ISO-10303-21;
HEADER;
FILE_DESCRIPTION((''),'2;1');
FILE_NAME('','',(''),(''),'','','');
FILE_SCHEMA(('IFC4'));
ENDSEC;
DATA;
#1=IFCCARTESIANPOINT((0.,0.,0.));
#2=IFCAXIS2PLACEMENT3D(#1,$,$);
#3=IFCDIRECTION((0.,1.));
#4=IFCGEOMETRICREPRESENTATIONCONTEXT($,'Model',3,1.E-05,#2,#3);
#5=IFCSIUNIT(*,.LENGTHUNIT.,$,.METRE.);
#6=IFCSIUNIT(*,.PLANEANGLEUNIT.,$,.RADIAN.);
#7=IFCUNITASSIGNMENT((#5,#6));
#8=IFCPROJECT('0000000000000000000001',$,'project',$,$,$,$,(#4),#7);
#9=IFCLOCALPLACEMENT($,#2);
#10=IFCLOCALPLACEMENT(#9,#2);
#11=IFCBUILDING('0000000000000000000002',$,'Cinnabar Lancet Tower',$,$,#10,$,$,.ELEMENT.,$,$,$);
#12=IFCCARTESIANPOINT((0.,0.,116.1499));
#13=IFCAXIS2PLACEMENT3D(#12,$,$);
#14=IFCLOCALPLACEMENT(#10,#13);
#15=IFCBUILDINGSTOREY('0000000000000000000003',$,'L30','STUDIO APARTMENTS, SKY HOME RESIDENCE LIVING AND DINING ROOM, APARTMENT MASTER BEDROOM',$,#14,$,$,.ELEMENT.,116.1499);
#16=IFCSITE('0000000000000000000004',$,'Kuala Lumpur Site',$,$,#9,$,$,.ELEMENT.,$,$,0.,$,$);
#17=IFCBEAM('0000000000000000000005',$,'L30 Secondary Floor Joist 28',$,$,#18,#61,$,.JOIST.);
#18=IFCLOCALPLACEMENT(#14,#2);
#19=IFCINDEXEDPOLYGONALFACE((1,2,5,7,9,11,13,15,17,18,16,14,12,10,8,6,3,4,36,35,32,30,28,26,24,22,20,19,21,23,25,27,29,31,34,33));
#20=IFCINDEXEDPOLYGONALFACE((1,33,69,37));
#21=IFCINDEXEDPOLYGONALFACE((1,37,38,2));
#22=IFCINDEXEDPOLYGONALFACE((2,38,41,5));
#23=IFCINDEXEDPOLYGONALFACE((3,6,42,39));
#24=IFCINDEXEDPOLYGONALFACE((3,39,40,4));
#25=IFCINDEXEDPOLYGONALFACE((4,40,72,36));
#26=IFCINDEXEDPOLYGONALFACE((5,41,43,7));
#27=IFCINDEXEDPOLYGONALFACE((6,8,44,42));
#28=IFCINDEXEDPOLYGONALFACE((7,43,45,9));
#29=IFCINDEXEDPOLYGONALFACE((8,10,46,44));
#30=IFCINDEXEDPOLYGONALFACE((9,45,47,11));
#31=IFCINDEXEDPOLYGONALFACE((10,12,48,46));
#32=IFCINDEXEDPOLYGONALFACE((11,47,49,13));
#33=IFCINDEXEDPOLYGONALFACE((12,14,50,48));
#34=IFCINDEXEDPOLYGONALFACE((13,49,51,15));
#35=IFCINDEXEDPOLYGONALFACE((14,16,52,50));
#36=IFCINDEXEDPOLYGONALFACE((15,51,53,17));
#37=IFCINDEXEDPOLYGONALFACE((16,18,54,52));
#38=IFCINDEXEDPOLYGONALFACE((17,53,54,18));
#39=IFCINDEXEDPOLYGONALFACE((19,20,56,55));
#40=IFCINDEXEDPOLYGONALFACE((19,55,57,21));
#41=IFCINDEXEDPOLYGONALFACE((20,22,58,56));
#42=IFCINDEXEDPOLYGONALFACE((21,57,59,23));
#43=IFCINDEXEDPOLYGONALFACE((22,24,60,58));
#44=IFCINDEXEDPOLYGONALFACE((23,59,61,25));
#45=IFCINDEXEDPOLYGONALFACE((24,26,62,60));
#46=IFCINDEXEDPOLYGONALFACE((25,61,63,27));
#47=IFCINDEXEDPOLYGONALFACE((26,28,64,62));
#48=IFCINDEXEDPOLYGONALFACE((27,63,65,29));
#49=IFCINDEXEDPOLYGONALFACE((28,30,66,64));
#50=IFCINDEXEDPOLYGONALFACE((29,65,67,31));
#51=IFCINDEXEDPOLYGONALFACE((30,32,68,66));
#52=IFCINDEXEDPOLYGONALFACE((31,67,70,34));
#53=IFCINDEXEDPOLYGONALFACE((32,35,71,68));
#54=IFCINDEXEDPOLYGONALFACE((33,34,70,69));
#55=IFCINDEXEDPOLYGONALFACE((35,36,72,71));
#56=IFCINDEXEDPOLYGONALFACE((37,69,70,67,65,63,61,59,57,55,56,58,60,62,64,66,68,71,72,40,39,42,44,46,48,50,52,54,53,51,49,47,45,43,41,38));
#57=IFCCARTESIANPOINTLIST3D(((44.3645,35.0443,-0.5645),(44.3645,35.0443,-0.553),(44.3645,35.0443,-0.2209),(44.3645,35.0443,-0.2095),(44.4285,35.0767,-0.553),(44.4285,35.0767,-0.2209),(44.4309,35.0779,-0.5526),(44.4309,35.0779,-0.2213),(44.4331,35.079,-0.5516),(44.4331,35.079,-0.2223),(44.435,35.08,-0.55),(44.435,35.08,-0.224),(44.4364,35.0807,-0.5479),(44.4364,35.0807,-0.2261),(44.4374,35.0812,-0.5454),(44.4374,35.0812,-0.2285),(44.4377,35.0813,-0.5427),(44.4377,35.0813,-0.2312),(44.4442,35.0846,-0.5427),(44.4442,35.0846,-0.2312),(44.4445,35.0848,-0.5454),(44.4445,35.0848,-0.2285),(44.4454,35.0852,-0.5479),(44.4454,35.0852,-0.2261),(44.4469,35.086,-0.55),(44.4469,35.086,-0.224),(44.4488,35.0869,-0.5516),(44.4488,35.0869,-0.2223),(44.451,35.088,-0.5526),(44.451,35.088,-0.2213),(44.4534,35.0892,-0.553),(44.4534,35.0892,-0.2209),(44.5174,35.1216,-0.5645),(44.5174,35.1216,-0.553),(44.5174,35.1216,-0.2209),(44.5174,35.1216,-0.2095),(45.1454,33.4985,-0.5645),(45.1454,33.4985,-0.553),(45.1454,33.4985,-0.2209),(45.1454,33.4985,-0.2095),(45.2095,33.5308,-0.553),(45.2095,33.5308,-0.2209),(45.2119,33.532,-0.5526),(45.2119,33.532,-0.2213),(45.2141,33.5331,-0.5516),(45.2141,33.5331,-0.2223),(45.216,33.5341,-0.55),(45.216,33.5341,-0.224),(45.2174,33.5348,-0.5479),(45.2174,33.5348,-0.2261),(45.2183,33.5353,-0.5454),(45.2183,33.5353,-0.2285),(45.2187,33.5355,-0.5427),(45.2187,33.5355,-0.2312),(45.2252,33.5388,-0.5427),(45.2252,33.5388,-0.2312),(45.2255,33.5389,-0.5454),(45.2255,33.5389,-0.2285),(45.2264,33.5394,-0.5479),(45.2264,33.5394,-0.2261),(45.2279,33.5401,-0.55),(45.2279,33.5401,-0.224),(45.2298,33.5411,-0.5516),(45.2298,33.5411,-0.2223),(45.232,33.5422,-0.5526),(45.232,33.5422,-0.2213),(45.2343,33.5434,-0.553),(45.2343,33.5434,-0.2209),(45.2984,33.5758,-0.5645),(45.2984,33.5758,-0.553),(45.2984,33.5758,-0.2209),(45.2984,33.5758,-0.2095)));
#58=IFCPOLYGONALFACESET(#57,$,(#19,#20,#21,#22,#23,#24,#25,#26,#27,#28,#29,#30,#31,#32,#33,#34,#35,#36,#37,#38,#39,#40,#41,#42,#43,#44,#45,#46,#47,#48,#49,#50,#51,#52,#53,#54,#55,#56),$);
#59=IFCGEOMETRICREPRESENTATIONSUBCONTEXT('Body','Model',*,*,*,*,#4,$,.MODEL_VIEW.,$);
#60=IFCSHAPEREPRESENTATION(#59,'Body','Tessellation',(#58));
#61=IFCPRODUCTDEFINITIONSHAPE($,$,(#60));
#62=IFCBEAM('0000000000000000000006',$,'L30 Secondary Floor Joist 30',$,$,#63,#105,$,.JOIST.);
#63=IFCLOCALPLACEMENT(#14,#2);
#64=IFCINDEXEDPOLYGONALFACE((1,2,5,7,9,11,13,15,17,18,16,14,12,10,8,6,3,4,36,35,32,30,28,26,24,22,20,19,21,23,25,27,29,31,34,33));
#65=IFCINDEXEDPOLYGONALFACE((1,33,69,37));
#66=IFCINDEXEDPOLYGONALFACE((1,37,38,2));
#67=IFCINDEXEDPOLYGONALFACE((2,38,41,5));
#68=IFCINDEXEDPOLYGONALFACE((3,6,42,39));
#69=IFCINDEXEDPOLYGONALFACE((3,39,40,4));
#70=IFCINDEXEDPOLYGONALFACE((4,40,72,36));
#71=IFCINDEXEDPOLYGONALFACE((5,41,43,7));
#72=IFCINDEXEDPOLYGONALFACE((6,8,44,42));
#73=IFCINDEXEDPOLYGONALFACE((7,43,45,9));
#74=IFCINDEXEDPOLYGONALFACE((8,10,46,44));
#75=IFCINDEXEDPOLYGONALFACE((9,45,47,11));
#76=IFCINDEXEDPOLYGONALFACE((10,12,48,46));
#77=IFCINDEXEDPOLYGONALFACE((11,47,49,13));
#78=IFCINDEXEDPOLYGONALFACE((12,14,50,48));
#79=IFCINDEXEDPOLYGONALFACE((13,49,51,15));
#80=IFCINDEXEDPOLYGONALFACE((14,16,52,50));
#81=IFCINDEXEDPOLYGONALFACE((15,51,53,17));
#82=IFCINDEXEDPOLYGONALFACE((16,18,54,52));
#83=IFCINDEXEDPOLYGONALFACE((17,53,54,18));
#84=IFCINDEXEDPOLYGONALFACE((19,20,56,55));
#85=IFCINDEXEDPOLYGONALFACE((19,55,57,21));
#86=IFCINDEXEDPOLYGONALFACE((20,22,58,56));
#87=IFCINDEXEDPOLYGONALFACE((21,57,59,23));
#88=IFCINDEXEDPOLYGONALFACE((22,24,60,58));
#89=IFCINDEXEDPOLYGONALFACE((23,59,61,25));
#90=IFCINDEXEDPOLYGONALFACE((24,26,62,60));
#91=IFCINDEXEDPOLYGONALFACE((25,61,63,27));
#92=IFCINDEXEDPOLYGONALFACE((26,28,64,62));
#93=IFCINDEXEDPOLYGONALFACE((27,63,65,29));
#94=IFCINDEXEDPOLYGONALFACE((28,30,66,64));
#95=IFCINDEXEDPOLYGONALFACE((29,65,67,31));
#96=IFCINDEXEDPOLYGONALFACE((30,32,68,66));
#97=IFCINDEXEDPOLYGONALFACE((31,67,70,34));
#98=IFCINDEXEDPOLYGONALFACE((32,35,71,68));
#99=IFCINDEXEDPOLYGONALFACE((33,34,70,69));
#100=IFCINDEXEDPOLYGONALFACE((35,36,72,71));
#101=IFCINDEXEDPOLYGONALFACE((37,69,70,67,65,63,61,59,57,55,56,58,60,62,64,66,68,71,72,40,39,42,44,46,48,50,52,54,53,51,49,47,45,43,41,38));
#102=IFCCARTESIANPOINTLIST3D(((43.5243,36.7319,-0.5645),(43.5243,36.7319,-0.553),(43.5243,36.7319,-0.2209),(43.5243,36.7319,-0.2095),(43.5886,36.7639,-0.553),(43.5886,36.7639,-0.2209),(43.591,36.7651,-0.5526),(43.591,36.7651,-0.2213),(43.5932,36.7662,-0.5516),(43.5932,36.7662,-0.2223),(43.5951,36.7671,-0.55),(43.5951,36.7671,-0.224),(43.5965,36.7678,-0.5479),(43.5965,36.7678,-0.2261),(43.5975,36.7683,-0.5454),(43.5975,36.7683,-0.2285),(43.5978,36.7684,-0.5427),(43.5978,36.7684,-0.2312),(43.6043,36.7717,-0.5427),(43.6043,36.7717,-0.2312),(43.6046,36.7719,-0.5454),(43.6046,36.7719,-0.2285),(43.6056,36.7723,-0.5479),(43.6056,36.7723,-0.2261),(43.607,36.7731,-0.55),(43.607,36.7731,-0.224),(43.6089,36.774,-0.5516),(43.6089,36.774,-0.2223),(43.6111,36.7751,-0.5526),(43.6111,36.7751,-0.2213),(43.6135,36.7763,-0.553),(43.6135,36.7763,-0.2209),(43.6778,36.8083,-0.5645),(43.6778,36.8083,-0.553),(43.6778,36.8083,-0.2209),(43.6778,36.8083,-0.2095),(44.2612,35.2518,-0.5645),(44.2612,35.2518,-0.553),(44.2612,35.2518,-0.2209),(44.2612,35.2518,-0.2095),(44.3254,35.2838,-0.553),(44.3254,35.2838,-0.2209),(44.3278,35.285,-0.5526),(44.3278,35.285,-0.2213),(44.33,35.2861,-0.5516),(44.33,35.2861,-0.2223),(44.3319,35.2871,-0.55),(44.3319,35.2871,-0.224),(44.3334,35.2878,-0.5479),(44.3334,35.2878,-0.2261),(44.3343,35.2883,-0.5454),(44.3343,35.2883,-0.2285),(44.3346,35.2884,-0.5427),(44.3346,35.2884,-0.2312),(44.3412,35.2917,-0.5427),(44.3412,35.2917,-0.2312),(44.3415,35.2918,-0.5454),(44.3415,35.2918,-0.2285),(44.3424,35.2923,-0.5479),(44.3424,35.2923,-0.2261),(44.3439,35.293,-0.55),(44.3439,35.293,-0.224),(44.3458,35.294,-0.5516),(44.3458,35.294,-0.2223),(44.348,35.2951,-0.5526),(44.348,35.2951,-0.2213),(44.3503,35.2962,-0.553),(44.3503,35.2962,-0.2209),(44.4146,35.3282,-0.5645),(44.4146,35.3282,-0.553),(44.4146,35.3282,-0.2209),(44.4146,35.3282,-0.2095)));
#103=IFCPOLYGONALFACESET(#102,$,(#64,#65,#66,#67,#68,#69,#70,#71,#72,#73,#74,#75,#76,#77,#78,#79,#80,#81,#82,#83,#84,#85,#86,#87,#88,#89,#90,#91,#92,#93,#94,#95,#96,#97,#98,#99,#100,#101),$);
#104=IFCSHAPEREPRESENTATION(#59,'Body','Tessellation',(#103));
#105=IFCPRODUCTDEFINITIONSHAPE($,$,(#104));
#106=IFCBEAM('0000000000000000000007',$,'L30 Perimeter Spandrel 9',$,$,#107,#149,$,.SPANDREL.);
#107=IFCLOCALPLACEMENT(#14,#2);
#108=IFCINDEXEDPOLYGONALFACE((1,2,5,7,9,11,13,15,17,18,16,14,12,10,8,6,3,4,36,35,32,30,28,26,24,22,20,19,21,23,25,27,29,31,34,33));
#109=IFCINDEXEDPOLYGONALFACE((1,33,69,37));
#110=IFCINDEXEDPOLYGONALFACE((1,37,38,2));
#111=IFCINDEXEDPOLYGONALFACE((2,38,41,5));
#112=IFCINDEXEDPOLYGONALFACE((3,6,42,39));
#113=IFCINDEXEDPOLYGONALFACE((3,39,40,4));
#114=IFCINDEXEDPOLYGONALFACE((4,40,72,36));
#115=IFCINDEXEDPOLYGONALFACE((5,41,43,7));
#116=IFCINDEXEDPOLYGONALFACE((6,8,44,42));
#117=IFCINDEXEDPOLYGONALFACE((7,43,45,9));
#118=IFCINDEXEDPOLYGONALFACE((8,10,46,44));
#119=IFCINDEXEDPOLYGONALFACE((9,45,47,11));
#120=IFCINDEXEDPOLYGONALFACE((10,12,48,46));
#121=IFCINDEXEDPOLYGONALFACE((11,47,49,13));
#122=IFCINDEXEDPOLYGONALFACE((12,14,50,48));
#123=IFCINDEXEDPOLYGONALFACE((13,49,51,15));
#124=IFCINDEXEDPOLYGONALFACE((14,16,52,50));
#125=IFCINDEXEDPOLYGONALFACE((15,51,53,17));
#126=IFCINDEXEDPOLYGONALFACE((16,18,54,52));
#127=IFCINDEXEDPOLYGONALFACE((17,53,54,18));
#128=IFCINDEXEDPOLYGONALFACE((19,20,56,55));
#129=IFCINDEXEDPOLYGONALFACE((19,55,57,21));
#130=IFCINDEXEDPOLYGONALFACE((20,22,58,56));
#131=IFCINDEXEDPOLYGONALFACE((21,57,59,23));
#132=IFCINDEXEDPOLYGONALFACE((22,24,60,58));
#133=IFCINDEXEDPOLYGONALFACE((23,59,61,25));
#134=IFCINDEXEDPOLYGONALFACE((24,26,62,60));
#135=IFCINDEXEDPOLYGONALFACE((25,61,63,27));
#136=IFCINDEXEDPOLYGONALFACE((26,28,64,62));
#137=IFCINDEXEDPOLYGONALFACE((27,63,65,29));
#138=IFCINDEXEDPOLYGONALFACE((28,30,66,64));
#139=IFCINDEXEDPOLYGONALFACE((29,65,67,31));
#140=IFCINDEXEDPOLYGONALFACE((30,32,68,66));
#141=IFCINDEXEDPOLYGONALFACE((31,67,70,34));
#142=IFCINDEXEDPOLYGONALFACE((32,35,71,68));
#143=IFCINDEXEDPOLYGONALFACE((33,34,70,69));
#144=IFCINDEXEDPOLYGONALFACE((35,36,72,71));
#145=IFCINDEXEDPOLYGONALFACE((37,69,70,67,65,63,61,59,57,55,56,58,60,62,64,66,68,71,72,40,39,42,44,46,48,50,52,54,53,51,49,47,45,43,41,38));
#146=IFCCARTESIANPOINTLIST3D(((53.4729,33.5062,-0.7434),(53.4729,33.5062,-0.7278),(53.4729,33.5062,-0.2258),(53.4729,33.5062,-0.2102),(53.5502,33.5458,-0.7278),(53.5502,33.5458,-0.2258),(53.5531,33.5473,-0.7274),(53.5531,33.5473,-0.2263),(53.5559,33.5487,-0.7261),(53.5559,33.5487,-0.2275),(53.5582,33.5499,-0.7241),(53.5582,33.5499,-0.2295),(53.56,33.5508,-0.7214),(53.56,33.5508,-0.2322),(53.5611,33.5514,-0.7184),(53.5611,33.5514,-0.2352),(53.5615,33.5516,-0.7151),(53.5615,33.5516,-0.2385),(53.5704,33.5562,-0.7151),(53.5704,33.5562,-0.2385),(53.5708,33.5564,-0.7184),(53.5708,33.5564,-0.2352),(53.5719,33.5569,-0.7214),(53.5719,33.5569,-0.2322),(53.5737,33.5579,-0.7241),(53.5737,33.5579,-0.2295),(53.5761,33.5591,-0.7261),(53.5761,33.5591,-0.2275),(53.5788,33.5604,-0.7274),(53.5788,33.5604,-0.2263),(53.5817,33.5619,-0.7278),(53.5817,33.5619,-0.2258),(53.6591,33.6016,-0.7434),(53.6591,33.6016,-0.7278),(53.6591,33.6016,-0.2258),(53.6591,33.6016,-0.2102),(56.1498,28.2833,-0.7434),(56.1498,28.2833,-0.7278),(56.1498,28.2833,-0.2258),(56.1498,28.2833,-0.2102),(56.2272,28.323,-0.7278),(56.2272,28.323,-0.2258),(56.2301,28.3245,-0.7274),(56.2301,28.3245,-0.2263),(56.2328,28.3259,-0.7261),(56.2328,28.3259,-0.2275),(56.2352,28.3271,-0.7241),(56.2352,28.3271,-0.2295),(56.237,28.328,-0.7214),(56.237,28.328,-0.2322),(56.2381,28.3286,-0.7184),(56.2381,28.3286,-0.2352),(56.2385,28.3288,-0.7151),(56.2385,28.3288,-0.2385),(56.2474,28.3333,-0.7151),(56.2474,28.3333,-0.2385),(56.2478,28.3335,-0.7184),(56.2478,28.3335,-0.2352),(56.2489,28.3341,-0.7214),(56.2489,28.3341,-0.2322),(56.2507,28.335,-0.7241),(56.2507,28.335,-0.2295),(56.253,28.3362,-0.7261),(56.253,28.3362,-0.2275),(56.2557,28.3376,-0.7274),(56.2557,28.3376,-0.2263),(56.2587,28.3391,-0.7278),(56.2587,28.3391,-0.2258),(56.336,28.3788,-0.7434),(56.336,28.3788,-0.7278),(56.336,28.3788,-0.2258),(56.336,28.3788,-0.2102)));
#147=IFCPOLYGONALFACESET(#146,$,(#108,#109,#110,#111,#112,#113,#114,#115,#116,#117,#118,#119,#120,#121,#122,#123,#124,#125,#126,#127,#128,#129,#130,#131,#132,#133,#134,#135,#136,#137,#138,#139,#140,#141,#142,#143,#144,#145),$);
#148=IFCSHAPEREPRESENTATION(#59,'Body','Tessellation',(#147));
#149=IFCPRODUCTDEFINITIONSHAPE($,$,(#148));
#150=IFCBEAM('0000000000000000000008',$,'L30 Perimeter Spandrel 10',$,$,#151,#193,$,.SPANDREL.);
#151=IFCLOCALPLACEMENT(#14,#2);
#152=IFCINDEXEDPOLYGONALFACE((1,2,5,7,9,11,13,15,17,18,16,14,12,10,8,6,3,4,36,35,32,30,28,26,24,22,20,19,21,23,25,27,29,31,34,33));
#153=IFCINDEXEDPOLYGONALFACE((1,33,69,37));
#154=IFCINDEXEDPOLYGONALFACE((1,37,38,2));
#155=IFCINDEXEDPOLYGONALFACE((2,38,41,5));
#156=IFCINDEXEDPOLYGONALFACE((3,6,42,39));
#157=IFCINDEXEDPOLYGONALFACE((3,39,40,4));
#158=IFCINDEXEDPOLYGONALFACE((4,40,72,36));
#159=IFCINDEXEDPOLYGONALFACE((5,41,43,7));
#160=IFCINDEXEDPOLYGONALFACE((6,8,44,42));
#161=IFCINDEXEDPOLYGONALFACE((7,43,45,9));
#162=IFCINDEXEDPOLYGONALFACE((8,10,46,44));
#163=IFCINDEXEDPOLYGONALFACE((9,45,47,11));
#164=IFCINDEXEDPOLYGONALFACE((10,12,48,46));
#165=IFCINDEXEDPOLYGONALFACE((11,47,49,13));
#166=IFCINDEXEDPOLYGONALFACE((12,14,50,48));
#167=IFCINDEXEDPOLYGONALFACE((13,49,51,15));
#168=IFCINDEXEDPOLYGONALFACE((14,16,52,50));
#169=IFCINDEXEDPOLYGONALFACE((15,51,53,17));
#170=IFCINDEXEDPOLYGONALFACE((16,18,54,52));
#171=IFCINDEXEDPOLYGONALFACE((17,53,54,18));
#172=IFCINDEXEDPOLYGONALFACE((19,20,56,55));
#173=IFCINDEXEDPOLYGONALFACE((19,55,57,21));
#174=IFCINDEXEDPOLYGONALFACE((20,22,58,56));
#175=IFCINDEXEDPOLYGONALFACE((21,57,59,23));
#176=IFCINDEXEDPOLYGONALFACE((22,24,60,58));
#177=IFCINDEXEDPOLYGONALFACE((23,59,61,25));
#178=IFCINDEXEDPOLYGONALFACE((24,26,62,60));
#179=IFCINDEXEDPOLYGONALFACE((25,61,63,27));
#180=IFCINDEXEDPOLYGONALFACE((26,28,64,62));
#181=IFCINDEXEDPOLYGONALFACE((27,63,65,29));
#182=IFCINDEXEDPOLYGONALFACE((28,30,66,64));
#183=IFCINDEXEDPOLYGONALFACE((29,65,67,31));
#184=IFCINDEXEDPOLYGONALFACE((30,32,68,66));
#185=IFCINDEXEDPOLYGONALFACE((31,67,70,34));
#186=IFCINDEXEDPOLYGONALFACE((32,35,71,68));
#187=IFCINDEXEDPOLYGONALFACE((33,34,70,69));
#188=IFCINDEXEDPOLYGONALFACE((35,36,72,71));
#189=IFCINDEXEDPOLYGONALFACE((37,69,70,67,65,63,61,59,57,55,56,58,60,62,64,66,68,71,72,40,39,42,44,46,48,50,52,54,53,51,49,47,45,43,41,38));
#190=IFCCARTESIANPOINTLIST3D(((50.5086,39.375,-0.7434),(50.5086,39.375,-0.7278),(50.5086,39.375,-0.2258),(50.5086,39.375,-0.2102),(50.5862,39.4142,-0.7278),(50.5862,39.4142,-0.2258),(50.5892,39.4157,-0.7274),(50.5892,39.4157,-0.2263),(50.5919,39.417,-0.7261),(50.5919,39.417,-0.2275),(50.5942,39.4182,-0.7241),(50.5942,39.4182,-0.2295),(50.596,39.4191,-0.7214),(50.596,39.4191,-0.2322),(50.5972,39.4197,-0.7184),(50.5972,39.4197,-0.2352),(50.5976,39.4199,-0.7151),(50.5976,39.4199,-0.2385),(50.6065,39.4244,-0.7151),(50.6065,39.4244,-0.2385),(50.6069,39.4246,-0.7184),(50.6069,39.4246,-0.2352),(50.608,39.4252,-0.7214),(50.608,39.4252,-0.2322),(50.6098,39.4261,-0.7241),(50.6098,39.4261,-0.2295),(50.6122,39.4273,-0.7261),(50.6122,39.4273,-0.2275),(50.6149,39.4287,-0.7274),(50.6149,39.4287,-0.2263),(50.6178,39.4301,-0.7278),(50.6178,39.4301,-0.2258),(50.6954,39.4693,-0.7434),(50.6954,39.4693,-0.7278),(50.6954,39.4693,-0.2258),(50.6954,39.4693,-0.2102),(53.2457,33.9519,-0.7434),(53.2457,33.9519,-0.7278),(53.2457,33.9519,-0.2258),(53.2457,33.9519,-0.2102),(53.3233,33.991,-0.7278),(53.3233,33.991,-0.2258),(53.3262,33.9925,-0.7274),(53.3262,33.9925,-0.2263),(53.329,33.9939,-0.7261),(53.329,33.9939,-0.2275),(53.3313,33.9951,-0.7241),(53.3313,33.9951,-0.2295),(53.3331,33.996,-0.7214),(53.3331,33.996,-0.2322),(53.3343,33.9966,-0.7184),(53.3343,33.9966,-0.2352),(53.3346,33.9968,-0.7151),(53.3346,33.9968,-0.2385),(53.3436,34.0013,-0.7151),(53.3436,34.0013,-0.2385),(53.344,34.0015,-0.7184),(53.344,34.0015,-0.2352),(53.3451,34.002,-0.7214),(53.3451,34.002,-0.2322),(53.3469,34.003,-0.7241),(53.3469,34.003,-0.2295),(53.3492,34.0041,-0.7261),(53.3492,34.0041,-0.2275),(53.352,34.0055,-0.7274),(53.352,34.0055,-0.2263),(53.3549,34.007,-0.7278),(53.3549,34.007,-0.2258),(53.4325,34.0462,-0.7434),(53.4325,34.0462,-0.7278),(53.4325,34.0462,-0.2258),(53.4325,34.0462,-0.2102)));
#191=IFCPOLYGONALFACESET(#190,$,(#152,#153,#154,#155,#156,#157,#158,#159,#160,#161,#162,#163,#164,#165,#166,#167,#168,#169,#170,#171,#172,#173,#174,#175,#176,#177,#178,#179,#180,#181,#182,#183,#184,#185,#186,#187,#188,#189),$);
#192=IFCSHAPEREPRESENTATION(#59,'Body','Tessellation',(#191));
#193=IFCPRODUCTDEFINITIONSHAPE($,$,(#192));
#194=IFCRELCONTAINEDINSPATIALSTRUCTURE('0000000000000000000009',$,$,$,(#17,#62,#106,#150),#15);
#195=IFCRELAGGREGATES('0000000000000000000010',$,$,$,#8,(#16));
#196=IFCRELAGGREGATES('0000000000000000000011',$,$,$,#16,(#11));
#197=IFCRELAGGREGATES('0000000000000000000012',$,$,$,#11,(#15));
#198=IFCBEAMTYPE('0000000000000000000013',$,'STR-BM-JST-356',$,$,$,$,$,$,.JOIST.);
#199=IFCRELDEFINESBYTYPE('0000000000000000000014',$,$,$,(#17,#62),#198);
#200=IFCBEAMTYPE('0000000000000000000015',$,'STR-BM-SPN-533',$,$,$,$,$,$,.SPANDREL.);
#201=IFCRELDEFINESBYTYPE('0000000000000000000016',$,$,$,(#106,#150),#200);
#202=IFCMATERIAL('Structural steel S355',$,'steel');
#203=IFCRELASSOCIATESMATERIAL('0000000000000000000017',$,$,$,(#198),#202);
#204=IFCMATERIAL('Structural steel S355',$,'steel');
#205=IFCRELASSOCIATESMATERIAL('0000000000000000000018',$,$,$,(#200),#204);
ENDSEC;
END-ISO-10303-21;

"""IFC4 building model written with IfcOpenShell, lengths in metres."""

from ifc_helpers import new_model, si_unit, direction, frame, origin, origin_2d, place, context, subcontext, project, spatial, i_section, extrude, material, material_profile, profile_set, type_object, element, save


model = new_model("IFC4")

# Units and contexts
model_context = context("Model", 3, precision=1e-05, world=origin(), true_north=direction((0.0, 1.0)))
body_context = subcontext(model_context, "Body", "Model", "MODEL_VIEW")
ifc_project = project(units=[si_unit("LENGTHUNIT", "METRE"), si_unit("PLANEANGLEUNIT", "RADIAN")], contexts=[model_context])

# Site, building, storey
site_placement = place(None, origin())
site = spatial("IfcSite", under=ifc_project, at=site_placement, Name="Kuala Lumpur Site", CompositionType="ELEMENT", RefElevation=0.0)
building_placement = place(site_placement, origin())
building = spatial("IfcBuilding", under=site, at=building_placement, Name="Cinnabar Lancet Tower", CompositionType="ELEMENT")
storey_placement = place(building_placement, frame((0.0, 0.0, 116.1499)))
storey = spatial("IfcBuildingStorey", under=building, at=storey_placement, Name="L30", Description="STUDIO APARTMENTS, SKY HOME RESIDENCE LIVING AND DINING ROOM, APARTMENT MASTER BEDROOM", CompositionType="ELEMENT", Elevation=116.1499)

# Beams
ifc_material_1 = material(Name="Structural steel S355", Category="steel")
ifc_material_profile_1 = material_profile(ifc_material_1, i_section(OverallWidth=0.1714, OverallDepth=0.355, WebThickness=0.0073, FlangeThickness=0.0115, FilletRadius=0.0103, at=origin_2d()), Name="UKB 356x171x51")
ifc_profile_set_1 = profile_set([ifc_material_profile_1], Name="Structural steel S355")
beam_type_1 = type_object("IfcBeamType", Name="STR-BM-JST-356", PredefinedType="JOIST", material=ifc_profile_set_1)
beam_1_placement = place(storey_placement, frame((45.2219, 33.5371, -0.387), z_axis=(-0.450931, 0.892559, 0.0), x_axis=(-0.892559, -0.450931, 0.0)))
element("IfcBeam", 1, at=beam_1_placement, inside=storey, type_object=beam_type_1, Name="L30 Secondary Floor Joist 28", PredefinedType="JOIST", context=body_context, shape_type="SweptSolid", body=[
    extrude(i_section(OverallWidth=0.1714, OverallDepth=0.355, WebThickness=0.0073, FlangeThickness=0.0115, FilletRadius=0.0103, at=origin_2d()), origin(), (0.0, 0.0, 1.0), 1.7319),
])
beam_2_placement = place(storey_placement, frame((44.3379, 35.29, -0.387), z_axis=(-0.445677, 0.895194, 0.0), x_axis=(-0.895194, -0.445677, 0.0)))
element("IfcBeam", 2, at=beam_2_placement, inside=storey, type_object=beam_type_1, Name="L30 Secondary Floor Joist 30", PredefinedType="JOIST", context=body_context, shape_type="SweptSolid", body=[
    extrude(i_section(OverallWidth=0.1714, OverallDepth=0.355, WebThickness=0.0073, FlangeThickness=0.0115, FilletRadius=0.0103, at=origin_2d()), origin(), (0.0, 0.0, 1.0), 1.6533),
])
ifc_material_2 = material(Name="Structural steel S355", Category="steel")
ifc_material_profile_2 = material_profile(ifc_material_2, i_section(OverallWidth=0.2092, OverallDepth=0.5332, WebThickness=0.01, FlangeThickness=0.0156, FilletRadius=0.0127, at=origin_2d()), Name="UKB 533x210x92")
ifc_profile_set_2 = profile_set([ifc_material_profile_2], Name="Structural steel S355")
beam_type_2 = type_object("IfcBeamType", Name="STR-BM-SPN-533", PredefinedType="SPANDREL", material=ifc_profile_set_2)
beam_3_placement = place(storey_placement, frame((56.2429, 28.3311, -0.4768), z_axis=(-0.456127, 0.889915, 0.0), x_axis=(-0.889915, -0.456127, 0.0)))
element("IfcBeam", 3, at=beam_3_placement, inside=storey, type_object=beam_type_2, Name="L30 Perimeter Spandrel 9", PredefinedType="SPANDREL", context=body_context, shape_type="SweptSolid", body=[
    extrude(i_section(OverallWidth=0.2092, OverallDepth=0.5332, WebThickness=0.01, FlangeThickness=0.0156, FilletRadius=0.0127, at=origin_2d()), origin(), (0.0, 0.0, 1.0), 5.8689),
])
beam_4_placement = place(storey_placement, frame((53.3391, 33.999, -0.4768), z_axis=(-0.45057, 0.892741, 0.0), x_axis=(-0.892741, -0.45057, 0.0)))
element("IfcBeam", 4, at=beam_4_placement, inside=storey, type_object=beam_type_2, Name="L30 Perimeter Spandrel 10", PredefinedType="SPANDREL", context=body_context, shape_type="SweptSolid", body=[
    extrude(i_section(OverallWidth=0.2092, OverallDepth=0.5332, WebThickness=0.01, FlangeThickness=0.0156, FilletRadius=0.0127, at=origin_2d()), origin(), (0.0, 0.0, 1.0), 6.0747),
])

save(model, "model.ifc")
